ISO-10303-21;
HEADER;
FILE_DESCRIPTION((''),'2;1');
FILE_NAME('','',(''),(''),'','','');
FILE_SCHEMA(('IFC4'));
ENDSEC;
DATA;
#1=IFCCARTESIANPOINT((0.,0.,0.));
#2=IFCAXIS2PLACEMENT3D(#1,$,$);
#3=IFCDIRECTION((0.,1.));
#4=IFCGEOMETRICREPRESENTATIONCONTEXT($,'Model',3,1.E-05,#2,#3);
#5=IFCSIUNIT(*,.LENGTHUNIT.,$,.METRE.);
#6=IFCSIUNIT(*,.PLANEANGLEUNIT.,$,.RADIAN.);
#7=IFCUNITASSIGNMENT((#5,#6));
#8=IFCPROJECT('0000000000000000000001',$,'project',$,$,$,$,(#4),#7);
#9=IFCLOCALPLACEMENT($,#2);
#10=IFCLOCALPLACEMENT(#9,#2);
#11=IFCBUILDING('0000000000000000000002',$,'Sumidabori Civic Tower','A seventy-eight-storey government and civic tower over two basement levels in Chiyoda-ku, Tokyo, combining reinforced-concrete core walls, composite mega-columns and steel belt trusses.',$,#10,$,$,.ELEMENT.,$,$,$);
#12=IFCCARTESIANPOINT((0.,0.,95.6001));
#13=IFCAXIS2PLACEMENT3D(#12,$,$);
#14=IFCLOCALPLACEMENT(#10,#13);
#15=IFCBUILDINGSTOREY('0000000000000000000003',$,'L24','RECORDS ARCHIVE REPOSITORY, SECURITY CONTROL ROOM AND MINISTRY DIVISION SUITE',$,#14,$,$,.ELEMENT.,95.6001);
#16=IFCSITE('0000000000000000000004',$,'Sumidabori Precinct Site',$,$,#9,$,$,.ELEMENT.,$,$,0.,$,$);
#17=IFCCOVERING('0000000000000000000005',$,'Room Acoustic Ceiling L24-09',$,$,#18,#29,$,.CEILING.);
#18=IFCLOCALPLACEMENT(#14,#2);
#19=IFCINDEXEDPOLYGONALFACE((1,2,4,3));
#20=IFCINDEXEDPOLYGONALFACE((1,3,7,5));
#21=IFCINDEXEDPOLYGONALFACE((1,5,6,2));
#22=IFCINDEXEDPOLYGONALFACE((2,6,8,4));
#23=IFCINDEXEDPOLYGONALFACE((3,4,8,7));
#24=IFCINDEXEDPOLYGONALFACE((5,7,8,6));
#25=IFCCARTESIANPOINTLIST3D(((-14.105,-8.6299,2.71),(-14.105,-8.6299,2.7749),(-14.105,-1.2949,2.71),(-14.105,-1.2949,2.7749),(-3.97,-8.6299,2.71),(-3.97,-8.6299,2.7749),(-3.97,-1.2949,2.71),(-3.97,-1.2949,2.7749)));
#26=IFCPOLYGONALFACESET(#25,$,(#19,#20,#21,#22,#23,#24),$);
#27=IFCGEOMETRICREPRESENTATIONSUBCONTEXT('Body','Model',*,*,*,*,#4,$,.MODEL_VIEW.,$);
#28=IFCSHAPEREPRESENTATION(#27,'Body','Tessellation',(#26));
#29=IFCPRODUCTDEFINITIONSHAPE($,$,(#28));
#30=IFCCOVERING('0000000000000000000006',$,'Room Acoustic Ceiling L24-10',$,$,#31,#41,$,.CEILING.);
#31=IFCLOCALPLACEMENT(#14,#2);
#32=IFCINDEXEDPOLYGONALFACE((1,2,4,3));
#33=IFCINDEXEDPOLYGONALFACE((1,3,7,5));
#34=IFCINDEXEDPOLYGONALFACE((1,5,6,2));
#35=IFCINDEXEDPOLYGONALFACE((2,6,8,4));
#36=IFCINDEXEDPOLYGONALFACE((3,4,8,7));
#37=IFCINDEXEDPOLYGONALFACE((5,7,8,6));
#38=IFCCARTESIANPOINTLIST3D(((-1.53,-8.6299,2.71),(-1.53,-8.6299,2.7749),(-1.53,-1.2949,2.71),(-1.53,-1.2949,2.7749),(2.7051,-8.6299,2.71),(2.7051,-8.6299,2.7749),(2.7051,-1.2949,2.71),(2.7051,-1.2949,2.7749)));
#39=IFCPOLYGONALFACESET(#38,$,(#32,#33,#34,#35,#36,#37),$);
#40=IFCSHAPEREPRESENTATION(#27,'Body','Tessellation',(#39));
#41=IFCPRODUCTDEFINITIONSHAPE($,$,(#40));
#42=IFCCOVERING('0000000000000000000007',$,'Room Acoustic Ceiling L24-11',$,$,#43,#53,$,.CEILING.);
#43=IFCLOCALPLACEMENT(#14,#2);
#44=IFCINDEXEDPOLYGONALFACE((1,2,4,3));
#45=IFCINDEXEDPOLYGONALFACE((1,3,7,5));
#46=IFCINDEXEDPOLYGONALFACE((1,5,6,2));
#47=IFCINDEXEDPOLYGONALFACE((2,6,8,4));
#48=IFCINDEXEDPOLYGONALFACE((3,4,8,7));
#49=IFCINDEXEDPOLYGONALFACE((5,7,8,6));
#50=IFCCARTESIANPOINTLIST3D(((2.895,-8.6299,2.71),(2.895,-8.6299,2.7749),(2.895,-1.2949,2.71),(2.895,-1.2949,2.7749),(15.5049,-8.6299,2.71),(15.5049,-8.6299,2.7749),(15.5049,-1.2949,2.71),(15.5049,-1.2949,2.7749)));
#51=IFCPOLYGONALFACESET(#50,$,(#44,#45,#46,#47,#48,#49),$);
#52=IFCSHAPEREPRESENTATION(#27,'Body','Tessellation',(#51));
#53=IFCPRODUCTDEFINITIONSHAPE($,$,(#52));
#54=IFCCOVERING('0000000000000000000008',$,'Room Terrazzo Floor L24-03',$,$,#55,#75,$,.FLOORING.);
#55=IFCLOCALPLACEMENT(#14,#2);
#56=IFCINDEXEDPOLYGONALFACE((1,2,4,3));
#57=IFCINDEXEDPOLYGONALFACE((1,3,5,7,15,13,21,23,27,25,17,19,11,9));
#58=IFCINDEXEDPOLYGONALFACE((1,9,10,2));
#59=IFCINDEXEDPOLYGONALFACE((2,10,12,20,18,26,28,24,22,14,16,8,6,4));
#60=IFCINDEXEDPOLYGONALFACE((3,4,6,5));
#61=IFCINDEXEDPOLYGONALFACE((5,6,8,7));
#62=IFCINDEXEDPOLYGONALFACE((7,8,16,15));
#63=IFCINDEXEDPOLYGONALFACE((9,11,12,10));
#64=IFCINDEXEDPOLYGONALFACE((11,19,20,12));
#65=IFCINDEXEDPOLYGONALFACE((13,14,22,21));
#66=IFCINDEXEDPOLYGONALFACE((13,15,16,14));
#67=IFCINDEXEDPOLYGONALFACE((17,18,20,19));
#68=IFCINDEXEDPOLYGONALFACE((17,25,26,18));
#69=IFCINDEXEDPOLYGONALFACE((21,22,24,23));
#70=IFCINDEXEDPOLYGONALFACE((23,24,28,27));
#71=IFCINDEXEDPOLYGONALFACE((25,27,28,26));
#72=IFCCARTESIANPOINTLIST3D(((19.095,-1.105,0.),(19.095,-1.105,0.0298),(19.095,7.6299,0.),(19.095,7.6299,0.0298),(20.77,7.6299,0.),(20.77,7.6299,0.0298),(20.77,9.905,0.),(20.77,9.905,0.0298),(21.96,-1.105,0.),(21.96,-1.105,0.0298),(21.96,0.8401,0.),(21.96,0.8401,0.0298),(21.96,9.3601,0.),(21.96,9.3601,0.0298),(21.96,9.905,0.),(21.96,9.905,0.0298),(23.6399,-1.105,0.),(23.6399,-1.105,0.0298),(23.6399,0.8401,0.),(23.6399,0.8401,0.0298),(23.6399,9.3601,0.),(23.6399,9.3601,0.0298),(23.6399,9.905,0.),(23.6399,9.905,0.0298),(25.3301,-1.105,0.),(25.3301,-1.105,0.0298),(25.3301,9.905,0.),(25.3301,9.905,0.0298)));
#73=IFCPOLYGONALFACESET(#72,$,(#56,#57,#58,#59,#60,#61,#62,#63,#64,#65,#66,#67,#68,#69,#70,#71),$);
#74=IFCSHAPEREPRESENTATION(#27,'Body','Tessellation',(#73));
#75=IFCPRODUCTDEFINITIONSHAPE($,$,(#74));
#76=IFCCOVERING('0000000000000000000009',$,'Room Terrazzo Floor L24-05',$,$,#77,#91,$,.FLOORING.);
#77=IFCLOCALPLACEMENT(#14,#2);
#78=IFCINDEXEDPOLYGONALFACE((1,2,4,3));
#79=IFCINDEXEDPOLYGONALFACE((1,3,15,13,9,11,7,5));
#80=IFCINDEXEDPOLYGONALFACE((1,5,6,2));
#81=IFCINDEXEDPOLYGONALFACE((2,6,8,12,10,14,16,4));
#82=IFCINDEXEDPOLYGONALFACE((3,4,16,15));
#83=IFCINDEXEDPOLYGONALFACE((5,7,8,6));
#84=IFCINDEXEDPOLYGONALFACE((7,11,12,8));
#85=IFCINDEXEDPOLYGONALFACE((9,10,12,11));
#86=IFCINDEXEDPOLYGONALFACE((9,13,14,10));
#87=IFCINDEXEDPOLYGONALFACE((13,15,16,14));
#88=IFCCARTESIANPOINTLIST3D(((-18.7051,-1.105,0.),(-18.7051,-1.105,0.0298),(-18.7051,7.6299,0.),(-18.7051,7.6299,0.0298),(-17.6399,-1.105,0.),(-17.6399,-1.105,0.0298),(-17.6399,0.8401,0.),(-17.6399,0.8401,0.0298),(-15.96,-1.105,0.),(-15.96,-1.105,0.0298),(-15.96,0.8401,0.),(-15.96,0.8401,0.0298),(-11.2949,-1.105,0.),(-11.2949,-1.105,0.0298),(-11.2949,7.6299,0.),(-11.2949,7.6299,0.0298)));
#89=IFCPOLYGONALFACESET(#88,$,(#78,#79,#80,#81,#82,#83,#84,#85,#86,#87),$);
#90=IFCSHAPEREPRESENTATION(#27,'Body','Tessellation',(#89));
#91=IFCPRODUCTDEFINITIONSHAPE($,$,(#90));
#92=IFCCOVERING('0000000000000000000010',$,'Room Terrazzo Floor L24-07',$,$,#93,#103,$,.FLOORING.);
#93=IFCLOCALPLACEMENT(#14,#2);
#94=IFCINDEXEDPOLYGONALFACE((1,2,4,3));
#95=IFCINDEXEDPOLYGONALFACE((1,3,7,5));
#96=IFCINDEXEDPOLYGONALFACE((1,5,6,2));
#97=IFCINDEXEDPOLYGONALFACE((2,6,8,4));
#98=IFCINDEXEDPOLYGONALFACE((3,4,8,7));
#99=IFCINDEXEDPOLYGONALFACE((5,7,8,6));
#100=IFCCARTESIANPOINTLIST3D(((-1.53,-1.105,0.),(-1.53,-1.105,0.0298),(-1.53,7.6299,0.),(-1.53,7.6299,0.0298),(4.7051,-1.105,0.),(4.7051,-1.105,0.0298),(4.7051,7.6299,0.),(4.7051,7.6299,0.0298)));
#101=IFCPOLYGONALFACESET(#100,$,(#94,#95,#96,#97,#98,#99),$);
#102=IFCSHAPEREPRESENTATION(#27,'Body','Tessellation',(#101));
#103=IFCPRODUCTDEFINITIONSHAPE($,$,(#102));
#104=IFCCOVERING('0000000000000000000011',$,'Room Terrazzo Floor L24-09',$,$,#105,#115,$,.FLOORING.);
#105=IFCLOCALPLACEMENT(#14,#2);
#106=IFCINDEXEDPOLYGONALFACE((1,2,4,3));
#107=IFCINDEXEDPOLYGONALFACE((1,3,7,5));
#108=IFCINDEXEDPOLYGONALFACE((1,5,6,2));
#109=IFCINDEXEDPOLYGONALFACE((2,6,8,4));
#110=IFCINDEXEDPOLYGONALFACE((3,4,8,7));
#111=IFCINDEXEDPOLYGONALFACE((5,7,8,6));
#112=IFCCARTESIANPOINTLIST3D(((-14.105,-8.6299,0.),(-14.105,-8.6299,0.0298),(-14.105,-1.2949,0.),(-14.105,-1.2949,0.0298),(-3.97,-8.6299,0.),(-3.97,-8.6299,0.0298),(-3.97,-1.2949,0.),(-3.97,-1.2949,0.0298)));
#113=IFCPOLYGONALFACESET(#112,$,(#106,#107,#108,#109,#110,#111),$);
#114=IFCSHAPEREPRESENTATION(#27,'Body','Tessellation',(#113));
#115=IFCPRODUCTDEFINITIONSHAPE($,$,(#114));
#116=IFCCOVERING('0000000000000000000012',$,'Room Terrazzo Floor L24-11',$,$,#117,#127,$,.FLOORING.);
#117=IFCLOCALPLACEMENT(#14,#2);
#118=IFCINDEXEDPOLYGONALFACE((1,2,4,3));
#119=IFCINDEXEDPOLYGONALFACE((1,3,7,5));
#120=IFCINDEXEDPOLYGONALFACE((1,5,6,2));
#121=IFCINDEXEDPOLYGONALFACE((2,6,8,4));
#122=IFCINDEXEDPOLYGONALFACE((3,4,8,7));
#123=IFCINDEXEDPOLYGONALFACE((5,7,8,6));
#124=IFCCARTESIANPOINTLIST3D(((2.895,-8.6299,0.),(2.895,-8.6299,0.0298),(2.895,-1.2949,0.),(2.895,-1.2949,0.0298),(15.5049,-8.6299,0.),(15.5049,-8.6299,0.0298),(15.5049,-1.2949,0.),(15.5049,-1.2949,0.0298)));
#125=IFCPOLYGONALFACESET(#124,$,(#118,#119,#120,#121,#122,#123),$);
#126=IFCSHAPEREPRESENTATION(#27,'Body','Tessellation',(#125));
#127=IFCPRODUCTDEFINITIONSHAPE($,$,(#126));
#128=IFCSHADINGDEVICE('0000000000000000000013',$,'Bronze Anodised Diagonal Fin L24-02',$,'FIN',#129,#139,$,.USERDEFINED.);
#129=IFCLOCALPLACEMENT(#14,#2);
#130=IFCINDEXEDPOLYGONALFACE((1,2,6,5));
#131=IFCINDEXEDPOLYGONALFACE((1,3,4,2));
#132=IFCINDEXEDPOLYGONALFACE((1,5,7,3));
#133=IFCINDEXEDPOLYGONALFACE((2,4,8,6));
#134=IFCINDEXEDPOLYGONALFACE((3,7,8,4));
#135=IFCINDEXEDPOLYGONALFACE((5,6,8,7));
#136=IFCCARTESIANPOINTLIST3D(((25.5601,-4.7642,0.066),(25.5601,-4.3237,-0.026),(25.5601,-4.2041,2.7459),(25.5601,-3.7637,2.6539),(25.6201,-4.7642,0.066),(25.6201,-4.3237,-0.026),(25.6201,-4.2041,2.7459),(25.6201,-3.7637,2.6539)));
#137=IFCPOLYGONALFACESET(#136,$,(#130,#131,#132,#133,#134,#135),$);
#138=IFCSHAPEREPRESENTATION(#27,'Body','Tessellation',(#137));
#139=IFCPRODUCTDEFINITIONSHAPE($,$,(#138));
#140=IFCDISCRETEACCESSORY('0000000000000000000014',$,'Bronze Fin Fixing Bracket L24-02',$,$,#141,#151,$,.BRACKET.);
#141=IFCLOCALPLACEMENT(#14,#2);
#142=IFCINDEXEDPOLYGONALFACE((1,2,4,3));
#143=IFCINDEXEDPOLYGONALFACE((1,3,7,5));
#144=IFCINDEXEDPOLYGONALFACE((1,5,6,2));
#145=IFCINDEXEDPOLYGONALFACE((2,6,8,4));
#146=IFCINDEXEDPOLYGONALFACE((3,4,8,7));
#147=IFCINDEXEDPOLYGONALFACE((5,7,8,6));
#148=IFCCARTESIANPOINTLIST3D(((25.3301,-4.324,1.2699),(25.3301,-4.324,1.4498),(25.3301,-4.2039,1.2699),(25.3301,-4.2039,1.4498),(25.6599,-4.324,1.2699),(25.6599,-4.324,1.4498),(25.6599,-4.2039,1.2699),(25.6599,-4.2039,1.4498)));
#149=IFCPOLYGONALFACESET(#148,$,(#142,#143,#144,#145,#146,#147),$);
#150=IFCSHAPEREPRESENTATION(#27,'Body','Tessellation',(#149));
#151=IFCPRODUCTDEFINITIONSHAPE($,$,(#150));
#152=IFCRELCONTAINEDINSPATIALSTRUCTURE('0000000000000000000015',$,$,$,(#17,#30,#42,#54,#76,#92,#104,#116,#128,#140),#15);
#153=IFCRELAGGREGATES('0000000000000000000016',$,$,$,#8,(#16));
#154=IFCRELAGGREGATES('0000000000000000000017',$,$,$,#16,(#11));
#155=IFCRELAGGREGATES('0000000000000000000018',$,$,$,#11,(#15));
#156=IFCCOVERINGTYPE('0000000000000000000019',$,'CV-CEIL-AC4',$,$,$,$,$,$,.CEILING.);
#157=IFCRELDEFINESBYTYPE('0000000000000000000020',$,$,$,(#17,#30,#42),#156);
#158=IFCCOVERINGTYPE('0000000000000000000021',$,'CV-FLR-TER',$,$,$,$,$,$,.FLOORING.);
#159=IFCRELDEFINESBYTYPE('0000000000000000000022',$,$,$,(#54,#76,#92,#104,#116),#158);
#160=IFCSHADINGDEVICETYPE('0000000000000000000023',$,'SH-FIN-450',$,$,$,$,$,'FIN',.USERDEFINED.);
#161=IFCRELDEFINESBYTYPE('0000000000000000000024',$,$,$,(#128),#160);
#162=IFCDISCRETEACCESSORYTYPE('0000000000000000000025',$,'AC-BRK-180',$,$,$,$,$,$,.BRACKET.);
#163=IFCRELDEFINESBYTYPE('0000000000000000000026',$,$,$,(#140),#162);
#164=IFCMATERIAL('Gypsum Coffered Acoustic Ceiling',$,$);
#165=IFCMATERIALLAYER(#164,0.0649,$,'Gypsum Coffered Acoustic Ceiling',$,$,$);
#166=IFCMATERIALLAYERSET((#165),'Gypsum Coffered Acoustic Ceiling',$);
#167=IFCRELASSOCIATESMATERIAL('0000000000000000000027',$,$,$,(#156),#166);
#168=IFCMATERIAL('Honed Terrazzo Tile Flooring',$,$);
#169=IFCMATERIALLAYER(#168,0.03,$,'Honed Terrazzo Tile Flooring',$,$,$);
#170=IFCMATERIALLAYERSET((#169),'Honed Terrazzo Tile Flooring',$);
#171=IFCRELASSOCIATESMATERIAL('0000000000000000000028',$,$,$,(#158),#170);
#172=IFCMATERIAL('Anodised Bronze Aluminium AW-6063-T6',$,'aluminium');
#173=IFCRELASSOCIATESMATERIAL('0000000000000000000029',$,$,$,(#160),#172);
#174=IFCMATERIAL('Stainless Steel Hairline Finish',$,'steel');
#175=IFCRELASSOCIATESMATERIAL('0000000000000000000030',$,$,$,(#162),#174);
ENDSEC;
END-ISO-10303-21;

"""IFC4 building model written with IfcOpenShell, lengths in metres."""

from ifc_helpers import new_model, si_unit, direction, frame, origin, origin_2d, place, context, subcontext, project, spatial, polyline, rectangle, outline, extrude, source, transform, mapped, material, layer, layer_set, material_profile, profile_set, type_object, element, save


model = new_model("IFC4")

# Units and contexts
model_context = context("Model", 3, precision=1e-05, world=origin(), true_north=direction((0.0, 1.0)))
body_context = subcontext(model_context, "Body", "Model", "MODEL_VIEW")
ifc_project = project(units=[si_unit("LENGTHUNIT", "METRE"), si_unit("PLANEANGLEUNIT", "RADIAN")], contexts=[model_context])

# Site, building, storey
site_placement = place(None, origin())
site = spatial("IfcSite", under=ifc_project, at=site_placement, Name="Sumidabori Precinct Site", CompositionType="ELEMENT", RefElevation=0.0)
building_placement = place(site_placement, origin())
building = spatial("IfcBuilding", under=site, at=building_placement, Name="Sumidabori Civic Tower", Description="A seventy-eight-storey government and civic tower over two basement levels in Chiyoda-ku, Tokyo, combining reinforced-concrete core walls, composite mega-columns and steel belt trusses.", CompositionType="ELEMENT")
storey_placement = place(building_placement, frame((0.0, 0.0, 95.6001)))
storey = spatial("IfcBuildingStorey", under=building, at=storey_placement, Name="L24", Description="RECORDS ARCHIVE REPOSITORY, SECURITY CONTROL ROOM AND MINISTRY DIVISION SUITE", CompositionType="ELEMENT", Elevation=95.6001)

# Shared definitions
ifc_material_1 = material(Name="Anodised Bronze Aluminium AW-6063-T6", Category="aluminium")

# Coverings
ifc_material_2 = material(Name="Gypsum Coffered Acoustic Ceiling")
ifc_layer_1 = layer(ifc_material_2, 0.0649, Name="Gypsum Coffered Acoustic Ceiling")
ifc_layer_set_1 = layer_set([ifc_layer_1], Name="Gypsum Coffered Acoustic Ceiling")
covering_type_1 = type_object("IfcCoveringType", Name="CV-CEIL-AC4", PredefinedType="CEILING", material=ifc_layer_set_1)
covering_1_placement = place(storey_placement, frame((0.0, 0.0, 2.71)))
element("IfcCovering", 1, at=covering_1_placement, inside=storey, type_object=covering_type_1, Name="Room Acoustic Ceiling L24-09", PredefinedType="CEILING", context=body_context, shape_type="SweptSolid", body=[
    extrude(outline(polyline([(-3.97, -8.6299), (-14.105, -8.6299), (-14.105, -1.2949), (-3.97, -1.2949), (-3.97, -8.6299)])), origin(), (0.0, 0.0, 1.0), 0.0649),
])
covering_2_placement = place(storey_placement, frame((0.0, 0.0, 2.71)))
element("IfcCovering", 2, at=covering_2_placement, inside=storey, type_object=covering_type_1, Name="Room Acoustic Ceiling L24-10", PredefinedType="CEILING", context=body_context, shape_type="SweptSolid", body=[
    extrude(outline(polyline([(-1.53, -8.6299), (-1.53, -1.2949), (2.7051, -1.2949), (2.7051, -8.6299), (-1.53, -8.6299)])), origin(), (0.0, 0.0, 1.0), 0.0649),
])
covering_3_placement = place(storey_placement, frame((0.0, 0.0, 2.71)))
element("IfcCovering", 3, at=covering_3_placement, inside=storey, type_object=covering_type_1, Name="Room Acoustic Ceiling L24-11", PredefinedType="CEILING", context=body_context, shape_type="SweptSolid", body=[
    extrude(outline(polyline([(2.895, -8.6299), (2.895, -1.2949), (15.5049, -1.2949), (15.5049, -8.6299), (2.895, -8.6299)])), origin(), (0.0, 0.0, 1.0), 0.0649),
])
ifc_material_3 = material(Name="Honed Terrazzo Tile Flooring")
ifc_layer_2 = layer(ifc_material_3, 0.03, Name="Honed Terrazzo Tile Flooring")
ifc_layer_set_2 = layer_set([ifc_layer_2], Name="Honed Terrazzo Tile Flooring")
covering_type_2 = type_object("IfcCoveringType", Name="CV-FLR-TER", PredefinedType="FLOORING", material=ifc_layer_set_2)
covering_4_placement = place(storey_placement, origin())
element("IfcCovering", 4, at=covering_4_placement, inside=storey, type_object=covering_type_2, Name="Room Terrazzo Floor L24-03", PredefinedType="FLOORING", context=body_context, shape_type="SweptSolid", body=[
    extrude(outline(polyline([(19.095, 7.6299), (20.77, 7.6299), (20.77, 9.905), (21.96, 9.905), (21.96, 9.3601), (23.6399, 9.3601), (23.6399, 9.905), (25.3301, 9.905), (25.3301, -1.105), (23.6399, -1.105), (23.6399, 0.8401), (21.96, 0.8401), (21.96, -1.105), (19.095, -1.105), (19.095, 7.6299)])), origin(), (0.0, 0.0, 1.0), 0.0298),
])
covering_5_placement = place(storey_placement, origin())
element("IfcCovering", 5, at=covering_5_placement, inside=storey, type_object=covering_type_2, Name="Room Terrazzo Floor L24-05", PredefinedType="FLOORING", context=body_context, shape_type="SweptSolid", body=[
    extrude(outline(polyline([(-18.7051, 7.6299), (-11.2949, 7.6299), (-11.2949, -1.105), (-15.96, -1.105), (-15.96, 0.8401), (-17.6399, 0.8401), (-17.6399, -1.105), (-18.7051, -1.105), (-18.7051, 7.6299)])), origin(), (0.0, 0.0, 1.0), 0.0298),
])
covering_6_placement = place(storey_placement, origin())
element("IfcCovering", 6, at=covering_6_placement, inside=storey, type_object=covering_type_2, Name="Room Terrazzo Floor L24-07", PredefinedType="FLOORING", context=body_context, shape_type="SweptSolid", body=[
    extrude(outline(polyline([(-1.53, 7.6299), (4.7051, 7.6299), (4.7051, -1.105), (-1.53, -1.105), (-1.53, 7.6299)])), origin(), (0.0, 0.0, 1.0), 0.0298),
])
covering_7_placement = place(storey_placement, origin())
element("IfcCovering", 7, at=covering_7_placement, inside=storey, type_object=covering_type_2, Name="Room Terrazzo Floor L24-09", PredefinedType="FLOORING", context=body_context, shape_type="SweptSolid", body=[
    extrude(outline(polyline([(-3.97, -8.6299), (-14.105, -8.6299), (-14.105, -1.2949), (-3.97, -1.2949), (-3.97, -8.6299)])), origin(), (0.0, 0.0, 1.0), 0.0298),
])
covering_8_placement = place(storey_placement, origin())
element("IfcCovering", 8, at=covering_8_placement, inside=storey, type_object=covering_type_2, Name="Room Terrazzo Floor L24-11", PredefinedType="FLOORING", context=body_context, shape_type="SweptSolid", body=[
    extrude(outline(polyline([(2.895, -8.6299), (2.895, -1.2949), (15.5049, -1.2949), (15.5049, -8.6299), (2.895, -8.6299)])), origin(), (0.0, 0.0, 1.0), 0.0298),
])

# Shading device
ifc_material_profile_1 = material_profile(ifc_material_1, rectangle(XDim=0.0601, YDim=0.45, at=origin_2d()), Name="BRONZE FIN 450x60")
ifc_profile_set_1 = profile_set([ifc_material_profile_1], Name="Anodised Bronze Aluminium AW-6063-T6")
shading_device_type = type_object("IfcShadingDeviceType", Name="SH-FIN-450", ElementType="FIN", PredefinedType="USERDEFINED", material=ifc_profile_set_1)
shared_shape_1 = source(origin(), body_context, "Body", "SweptSolid", [
    extrude(rectangle(XDim=0.0601, YDim=0.45, at=origin_2d()), origin(), (0.0, 0.0, 1.0), 2.7378),
])
shading_device_placement = place(storey_placement, frame((25.5901, -4.5439, 0.02), z_axis=(0.0, 0.204563, 0.978853), x_axis=(-1.0, 0.0, 0.0)))
element("IfcShadingDevice", 9, at=shading_device_placement, inside=storey, type_object=shading_device_type, Name="Bronze Anodised Diagonal Fin L24-02", ObjectType="FIN", PredefinedType="USERDEFINED", context=body_context, shape_type="MappedRepresentation", body=[
    mapped(shared_shape_1, transform((0.0, 0.0, 0.0), x_axis=(1.0, 0.0, 0.0), y_axis=(0.0, 1.0, 0.0), z_axis=(0.0, 0.0, 1.0), scale=1.0)),
])

# Discrete accessory
ifc_material_4 = material(Name="Stainless Steel Hairline Finish", Category="steel")
ifc_material_profile_2 = material_profile(ifc_material_4, rectangle(XDim=0.1201, YDim=0.1799, at=origin_2d()), Name="STEEL BRACKET 180x120")
ifc_profile_set_2 = profile_set([ifc_material_profile_2], Name="Stainless Steel Hairline Finish")
discrete_accessory_type = type_object("IfcDiscreteAccessoryType", Name="AC-BRK-180", PredefinedType="BRACKET", material=ifc_profile_set_2)
shared_shape_2 = source(origin(), body_context, "Body", "SweptSolid", [
    extrude(rectangle(XDim=0.1201, YDim=0.1799, at=origin_2d()), origin(), (0.0, 0.0, 1.0), 0.3298),
])
discrete_accessory_placement = place(storey_placement, frame((25.3301, -4.2639, 1.3599), z_axis=(1.0, 0.0, 0.0), x_axis=(0.0, 1.0, 0.0)))
element("IfcDiscreteAccessory", 10, at=discrete_accessory_placement, inside=storey, type_object=discrete_accessory_type, Name="Bronze Fin Fixing Bracket L24-02", PredefinedType="BRACKET", context=body_context, shape_type="MappedRepresentation", body=[
    mapped(shared_shape_2, transform((0.0, 0.0, 0.0), x_axis=(1.0, 0.0, 0.0), y_axis=(0.0, 1.0, 0.0), z_axis=(0.0, 0.0, 1.0), scale=1.0)),
])

save(model, "model.ifc")
